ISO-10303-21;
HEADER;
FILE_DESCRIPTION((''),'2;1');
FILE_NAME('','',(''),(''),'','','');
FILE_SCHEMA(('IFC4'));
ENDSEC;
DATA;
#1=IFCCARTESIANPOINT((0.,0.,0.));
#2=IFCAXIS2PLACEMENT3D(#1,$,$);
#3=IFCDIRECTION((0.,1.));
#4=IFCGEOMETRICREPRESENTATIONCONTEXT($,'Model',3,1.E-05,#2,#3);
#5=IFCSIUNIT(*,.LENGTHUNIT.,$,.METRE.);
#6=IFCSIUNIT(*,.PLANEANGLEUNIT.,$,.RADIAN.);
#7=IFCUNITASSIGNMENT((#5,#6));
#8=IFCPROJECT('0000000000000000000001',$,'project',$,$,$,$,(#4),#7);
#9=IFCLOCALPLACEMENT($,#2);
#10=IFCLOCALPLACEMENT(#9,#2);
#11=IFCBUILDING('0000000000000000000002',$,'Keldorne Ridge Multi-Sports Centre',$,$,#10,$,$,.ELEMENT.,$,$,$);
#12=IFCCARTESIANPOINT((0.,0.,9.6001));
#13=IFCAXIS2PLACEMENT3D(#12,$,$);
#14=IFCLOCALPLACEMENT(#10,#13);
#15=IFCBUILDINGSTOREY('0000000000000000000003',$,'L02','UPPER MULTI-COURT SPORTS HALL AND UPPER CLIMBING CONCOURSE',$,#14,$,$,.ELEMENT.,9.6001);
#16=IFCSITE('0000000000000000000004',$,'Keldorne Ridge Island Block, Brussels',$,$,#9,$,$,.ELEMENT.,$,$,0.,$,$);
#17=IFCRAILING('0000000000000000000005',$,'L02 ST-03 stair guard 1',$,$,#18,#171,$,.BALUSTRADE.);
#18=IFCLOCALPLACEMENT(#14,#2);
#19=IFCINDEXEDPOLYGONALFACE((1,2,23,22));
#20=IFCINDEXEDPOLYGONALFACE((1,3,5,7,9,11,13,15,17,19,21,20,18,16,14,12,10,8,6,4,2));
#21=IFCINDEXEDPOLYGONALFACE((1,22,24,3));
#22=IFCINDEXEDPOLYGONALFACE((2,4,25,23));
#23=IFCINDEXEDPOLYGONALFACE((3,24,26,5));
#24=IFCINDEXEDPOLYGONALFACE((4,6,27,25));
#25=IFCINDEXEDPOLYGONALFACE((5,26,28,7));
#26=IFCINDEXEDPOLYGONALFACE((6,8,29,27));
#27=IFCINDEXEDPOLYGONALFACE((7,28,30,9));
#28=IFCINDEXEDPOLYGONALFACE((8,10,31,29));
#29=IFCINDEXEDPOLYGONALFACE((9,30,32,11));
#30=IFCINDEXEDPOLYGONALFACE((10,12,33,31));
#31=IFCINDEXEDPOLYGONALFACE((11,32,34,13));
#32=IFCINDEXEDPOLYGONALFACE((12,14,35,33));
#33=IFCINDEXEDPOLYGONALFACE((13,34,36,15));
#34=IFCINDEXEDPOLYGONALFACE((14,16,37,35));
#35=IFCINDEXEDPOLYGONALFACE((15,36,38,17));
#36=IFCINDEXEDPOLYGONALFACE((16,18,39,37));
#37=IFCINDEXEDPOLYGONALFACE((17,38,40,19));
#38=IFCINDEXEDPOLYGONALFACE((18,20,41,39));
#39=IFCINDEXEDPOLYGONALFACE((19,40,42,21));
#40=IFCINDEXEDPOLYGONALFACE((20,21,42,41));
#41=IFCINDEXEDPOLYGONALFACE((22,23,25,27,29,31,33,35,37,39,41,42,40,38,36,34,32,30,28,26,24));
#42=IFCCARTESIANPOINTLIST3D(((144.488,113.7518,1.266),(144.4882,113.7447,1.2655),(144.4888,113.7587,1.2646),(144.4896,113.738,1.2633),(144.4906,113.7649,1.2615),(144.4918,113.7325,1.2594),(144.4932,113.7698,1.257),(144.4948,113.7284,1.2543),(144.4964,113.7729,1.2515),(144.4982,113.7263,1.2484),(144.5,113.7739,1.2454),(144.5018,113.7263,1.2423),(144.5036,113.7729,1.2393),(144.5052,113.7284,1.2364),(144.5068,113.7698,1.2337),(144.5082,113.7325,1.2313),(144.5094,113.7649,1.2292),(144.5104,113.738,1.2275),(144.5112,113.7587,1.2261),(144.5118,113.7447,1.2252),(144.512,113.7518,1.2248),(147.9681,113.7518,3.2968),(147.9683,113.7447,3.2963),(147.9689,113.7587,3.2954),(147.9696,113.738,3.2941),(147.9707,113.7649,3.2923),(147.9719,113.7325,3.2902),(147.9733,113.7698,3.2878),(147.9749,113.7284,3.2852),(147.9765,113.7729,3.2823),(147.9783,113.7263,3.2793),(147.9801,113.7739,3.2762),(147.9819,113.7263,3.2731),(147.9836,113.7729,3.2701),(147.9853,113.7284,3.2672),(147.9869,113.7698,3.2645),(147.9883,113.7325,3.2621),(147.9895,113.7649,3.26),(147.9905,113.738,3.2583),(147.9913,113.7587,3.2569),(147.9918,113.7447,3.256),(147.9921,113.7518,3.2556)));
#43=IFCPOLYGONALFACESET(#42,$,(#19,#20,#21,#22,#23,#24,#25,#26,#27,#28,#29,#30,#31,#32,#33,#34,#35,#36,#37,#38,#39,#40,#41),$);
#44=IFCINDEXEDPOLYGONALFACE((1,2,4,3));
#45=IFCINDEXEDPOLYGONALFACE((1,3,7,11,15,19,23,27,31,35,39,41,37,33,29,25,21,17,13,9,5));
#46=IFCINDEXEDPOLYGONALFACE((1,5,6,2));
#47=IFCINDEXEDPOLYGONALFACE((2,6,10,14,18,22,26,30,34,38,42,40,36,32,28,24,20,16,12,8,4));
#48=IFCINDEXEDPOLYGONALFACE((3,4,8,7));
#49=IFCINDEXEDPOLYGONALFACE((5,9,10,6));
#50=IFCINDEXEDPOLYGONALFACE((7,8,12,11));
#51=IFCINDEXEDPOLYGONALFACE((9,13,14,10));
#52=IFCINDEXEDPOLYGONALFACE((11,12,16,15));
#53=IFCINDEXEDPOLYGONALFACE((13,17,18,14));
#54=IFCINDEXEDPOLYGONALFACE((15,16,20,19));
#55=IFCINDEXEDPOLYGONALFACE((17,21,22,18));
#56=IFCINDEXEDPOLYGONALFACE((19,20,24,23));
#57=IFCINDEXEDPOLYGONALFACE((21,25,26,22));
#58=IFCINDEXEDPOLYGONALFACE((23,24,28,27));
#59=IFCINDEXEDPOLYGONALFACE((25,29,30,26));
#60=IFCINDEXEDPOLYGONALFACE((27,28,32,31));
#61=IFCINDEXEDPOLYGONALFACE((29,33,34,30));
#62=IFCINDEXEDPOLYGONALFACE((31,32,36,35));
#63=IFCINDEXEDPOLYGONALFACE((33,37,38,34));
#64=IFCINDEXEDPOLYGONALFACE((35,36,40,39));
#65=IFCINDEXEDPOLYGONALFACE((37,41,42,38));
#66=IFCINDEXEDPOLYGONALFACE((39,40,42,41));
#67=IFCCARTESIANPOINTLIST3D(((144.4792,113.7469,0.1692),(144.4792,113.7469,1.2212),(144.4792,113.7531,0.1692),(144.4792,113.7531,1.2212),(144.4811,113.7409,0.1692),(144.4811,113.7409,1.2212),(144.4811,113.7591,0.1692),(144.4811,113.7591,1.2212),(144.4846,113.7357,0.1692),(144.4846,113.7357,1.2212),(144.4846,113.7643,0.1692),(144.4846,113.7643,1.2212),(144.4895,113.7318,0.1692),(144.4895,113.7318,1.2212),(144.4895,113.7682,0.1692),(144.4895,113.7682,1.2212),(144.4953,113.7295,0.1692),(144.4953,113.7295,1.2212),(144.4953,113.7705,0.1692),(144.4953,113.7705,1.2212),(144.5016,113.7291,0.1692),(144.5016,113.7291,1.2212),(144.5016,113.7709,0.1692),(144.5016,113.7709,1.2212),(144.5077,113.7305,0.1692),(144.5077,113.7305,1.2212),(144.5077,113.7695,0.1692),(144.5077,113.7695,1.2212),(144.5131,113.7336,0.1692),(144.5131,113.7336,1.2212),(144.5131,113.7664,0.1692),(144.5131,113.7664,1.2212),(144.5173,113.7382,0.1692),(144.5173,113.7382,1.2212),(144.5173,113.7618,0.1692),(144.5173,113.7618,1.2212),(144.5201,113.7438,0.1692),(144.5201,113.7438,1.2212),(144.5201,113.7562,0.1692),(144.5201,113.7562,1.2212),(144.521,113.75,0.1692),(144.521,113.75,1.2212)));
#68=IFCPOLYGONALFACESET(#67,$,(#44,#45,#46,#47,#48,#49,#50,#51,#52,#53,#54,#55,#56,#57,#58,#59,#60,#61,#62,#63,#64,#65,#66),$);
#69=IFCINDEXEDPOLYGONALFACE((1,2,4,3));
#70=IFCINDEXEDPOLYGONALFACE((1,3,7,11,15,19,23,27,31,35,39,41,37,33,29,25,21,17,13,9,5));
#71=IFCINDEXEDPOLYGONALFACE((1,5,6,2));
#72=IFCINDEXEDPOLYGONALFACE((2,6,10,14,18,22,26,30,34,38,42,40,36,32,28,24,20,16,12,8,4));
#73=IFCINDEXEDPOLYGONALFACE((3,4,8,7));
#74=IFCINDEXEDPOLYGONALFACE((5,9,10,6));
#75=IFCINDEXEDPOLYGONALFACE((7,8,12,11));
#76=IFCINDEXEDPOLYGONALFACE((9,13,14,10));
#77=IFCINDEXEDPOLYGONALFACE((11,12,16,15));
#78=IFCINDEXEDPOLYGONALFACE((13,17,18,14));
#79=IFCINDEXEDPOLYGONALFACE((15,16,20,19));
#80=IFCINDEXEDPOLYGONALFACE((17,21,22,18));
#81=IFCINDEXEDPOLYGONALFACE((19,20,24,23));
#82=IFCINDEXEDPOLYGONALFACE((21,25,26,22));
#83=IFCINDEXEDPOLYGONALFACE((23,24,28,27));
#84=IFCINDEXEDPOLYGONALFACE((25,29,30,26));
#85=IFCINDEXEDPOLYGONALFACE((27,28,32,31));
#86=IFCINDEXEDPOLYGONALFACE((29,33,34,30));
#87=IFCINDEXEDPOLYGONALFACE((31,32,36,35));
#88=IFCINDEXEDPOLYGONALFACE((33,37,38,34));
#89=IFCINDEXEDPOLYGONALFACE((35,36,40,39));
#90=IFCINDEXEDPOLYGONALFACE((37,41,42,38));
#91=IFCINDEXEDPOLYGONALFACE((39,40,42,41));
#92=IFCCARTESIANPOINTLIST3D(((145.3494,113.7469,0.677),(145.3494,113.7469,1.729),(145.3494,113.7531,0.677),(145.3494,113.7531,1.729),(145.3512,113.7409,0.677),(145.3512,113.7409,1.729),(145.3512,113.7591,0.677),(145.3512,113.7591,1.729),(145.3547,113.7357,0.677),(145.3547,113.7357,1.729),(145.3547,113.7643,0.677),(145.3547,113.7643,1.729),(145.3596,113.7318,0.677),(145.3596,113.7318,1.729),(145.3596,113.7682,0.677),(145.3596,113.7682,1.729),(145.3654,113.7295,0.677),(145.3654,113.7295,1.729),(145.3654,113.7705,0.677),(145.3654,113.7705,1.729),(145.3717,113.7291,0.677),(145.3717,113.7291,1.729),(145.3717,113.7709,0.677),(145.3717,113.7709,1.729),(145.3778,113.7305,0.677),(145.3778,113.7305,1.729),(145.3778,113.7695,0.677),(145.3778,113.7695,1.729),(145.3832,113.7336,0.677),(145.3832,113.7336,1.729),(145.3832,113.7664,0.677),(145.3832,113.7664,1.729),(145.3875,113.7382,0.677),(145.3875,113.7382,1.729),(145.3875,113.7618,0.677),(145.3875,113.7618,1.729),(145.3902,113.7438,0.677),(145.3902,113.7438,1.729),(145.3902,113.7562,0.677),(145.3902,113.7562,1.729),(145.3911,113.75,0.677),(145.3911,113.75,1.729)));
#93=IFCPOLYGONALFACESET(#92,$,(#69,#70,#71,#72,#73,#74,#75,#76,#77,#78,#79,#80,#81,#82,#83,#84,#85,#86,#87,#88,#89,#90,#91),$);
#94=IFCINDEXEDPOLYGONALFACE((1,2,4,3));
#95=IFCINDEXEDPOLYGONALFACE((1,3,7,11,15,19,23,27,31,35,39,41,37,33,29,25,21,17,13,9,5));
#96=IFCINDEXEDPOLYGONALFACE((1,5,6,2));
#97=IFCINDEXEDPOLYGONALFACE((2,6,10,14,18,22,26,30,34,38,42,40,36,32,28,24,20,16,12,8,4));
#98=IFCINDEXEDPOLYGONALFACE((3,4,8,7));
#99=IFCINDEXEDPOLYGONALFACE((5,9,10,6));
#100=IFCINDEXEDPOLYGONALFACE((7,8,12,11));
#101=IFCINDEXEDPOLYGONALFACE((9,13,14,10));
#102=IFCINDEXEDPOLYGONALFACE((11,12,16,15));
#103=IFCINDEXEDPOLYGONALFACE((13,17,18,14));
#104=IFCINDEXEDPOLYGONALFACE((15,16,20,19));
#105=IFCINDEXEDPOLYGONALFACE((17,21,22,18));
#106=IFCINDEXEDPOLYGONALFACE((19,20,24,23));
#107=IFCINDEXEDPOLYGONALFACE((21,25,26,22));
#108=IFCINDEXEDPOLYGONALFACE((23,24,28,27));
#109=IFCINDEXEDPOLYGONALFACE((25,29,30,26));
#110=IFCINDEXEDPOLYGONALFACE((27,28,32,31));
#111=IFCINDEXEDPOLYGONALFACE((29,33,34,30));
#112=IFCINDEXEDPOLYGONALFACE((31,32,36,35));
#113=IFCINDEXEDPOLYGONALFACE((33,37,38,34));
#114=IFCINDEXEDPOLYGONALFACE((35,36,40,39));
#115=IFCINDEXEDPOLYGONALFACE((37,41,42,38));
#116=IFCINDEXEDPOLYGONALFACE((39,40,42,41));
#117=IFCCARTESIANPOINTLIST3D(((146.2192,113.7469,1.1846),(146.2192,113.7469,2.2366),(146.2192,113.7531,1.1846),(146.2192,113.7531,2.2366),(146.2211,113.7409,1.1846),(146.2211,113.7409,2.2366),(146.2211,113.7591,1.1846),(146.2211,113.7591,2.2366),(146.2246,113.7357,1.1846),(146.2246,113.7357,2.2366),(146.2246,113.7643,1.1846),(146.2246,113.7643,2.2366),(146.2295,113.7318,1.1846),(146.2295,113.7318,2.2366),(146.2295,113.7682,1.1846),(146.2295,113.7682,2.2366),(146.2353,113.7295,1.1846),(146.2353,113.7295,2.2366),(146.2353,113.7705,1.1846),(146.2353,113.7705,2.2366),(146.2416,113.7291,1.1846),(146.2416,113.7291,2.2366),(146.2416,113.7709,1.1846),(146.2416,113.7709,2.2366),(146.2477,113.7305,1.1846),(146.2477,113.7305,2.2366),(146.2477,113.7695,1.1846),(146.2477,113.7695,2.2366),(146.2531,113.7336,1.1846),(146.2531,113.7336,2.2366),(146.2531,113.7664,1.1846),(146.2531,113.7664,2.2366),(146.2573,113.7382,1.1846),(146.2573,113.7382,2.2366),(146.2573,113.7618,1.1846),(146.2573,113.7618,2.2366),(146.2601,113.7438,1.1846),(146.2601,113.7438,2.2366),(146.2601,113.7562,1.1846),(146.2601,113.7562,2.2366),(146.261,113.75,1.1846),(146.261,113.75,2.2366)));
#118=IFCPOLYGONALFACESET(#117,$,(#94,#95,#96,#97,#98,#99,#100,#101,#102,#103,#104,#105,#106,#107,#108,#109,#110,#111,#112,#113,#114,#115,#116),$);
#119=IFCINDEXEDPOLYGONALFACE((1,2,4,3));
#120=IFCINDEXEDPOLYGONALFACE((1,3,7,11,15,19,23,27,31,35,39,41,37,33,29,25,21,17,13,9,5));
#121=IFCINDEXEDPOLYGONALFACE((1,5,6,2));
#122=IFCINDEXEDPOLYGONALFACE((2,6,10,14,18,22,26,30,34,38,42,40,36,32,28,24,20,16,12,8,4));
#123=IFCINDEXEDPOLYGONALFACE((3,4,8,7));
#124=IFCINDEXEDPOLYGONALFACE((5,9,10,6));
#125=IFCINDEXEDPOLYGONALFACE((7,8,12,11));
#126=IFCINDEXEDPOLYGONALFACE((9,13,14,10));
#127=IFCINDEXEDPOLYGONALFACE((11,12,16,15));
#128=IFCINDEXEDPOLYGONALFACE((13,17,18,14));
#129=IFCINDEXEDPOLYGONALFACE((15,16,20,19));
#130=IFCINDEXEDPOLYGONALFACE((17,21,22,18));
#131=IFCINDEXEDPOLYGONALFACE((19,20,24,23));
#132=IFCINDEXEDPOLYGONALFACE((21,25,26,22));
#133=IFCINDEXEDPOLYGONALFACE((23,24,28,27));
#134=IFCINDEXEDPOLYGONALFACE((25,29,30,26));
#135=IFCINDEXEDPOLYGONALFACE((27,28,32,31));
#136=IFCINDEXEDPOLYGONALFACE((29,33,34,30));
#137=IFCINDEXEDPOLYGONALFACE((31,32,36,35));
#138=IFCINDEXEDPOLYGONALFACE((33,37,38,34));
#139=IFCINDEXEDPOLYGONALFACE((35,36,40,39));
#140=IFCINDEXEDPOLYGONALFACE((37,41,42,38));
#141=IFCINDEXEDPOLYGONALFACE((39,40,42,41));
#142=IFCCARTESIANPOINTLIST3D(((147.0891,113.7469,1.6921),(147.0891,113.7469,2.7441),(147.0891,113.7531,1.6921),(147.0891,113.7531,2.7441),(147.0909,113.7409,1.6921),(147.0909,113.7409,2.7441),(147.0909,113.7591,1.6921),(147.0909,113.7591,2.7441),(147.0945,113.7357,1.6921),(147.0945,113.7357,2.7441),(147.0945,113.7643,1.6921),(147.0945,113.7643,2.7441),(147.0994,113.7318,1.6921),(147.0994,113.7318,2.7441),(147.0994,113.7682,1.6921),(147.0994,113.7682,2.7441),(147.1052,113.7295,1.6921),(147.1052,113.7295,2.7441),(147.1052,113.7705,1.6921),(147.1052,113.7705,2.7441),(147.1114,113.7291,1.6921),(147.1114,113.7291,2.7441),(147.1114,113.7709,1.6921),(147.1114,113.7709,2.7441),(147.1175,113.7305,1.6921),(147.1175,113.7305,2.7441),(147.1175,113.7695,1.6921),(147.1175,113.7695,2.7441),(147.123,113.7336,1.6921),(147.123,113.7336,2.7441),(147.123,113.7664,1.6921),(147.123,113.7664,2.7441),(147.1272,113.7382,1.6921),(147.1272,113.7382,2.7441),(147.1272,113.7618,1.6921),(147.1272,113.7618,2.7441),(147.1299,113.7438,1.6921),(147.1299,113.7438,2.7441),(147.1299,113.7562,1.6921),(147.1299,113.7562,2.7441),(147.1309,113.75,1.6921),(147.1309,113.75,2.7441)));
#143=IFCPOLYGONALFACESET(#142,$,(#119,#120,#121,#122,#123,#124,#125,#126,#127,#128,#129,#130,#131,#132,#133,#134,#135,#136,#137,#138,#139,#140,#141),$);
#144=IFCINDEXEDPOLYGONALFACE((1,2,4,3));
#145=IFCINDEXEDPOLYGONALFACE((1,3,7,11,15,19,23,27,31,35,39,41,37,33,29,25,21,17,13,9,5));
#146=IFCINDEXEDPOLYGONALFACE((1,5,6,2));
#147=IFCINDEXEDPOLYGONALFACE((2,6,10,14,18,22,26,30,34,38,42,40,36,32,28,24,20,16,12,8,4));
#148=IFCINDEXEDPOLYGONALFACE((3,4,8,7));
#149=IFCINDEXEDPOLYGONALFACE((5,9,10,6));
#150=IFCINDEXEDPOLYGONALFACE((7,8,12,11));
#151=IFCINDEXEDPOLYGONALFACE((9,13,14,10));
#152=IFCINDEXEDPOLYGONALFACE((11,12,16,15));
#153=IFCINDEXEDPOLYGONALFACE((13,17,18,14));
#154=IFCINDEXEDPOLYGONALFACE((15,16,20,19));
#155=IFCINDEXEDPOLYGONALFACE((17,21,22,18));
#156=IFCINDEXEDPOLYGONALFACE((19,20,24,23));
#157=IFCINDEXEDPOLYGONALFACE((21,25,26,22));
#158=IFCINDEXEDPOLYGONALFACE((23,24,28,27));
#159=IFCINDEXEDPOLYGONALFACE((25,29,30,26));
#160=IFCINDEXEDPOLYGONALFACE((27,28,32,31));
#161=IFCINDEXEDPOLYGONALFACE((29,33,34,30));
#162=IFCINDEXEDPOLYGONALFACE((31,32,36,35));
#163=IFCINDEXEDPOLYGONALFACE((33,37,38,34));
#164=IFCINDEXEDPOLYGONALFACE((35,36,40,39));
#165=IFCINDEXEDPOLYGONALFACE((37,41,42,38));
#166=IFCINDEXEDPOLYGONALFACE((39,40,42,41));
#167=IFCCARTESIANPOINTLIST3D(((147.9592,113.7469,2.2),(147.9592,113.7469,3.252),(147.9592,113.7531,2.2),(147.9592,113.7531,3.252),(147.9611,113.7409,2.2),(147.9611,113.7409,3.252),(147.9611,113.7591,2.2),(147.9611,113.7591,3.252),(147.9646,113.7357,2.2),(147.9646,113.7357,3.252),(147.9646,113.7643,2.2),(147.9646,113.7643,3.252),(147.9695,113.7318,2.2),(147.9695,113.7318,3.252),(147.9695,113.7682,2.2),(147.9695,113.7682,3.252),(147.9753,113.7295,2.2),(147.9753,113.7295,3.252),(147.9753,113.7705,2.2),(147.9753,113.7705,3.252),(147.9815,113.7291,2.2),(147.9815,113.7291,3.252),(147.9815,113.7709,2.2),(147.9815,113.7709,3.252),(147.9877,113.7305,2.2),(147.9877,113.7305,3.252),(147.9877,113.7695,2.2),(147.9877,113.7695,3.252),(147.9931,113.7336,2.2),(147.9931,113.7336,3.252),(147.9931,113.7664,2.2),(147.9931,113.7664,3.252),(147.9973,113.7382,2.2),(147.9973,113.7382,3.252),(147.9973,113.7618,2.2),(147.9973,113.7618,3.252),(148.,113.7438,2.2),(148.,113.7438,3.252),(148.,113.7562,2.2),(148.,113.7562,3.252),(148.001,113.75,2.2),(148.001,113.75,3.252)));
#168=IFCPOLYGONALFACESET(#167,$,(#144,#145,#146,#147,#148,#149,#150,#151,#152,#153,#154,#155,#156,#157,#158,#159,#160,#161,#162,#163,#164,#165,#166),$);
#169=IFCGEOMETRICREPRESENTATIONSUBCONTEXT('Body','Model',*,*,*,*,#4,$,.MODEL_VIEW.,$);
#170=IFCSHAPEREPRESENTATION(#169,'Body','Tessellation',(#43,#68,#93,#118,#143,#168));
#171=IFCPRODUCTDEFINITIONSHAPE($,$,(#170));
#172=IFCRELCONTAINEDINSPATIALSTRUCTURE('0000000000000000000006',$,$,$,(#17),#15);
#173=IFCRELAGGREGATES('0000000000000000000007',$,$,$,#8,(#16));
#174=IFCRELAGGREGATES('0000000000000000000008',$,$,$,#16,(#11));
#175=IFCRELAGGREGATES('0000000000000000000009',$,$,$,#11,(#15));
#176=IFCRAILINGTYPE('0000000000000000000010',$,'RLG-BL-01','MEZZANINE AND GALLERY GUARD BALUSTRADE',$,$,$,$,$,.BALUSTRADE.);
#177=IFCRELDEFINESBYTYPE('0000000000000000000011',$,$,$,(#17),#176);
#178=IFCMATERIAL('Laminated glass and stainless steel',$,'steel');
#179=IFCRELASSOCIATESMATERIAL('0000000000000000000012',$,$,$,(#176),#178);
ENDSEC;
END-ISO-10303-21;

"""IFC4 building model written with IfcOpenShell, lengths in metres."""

from ifc_helpers import new_model, si_unit, direction, frame, origin, origin_2d, place, context, subcontext, project, spatial, circle, extrude, material, type_object, element, save


model = new_model("IFC4")

# Units and contexts
model_context = context("Model", 3, precision=1e-05, world=origin(), true_north=direction((0.0, 1.0)))
body_context = subcontext(model_context, "Body", "Model", "MODEL_VIEW")
ifc_project = project(units=[si_unit("LENGTHUNIT", "METRE"), si_unit("PLANEANGLEUNIT", "RADIAN")], contexts=[model_context])

# Site, building, storey
site_placement = place(None, origin())
site = spatial("IfcSite", under=ifc_project, at=site_placement, Name="Keldorne Ridge Island Block, Brussels", CompositionType="ELEMENT", RefElevation=0.0)
building_placement = place(site_placement, origin())
building = spatial("IfcBuilding", under=site, at=building_placement, Name="Keldorne Ridge Multi-Sports Centre", CompositionType="ELEMENT")
storey_placement = place(building_placement, frame((0.0, 0.0, 9.6001)))
storey = spatial("IfcBuildingStorey", under=building, at=storey_placement, Name="L02", Description="UPPER MULTI-COURT SPORTS HALL AND UPPER CLIMBING CONCOURSE", CompositionType="ELEMENT", Elevation=9.6001)

# Railing
ifc_material_1 = material(Name="Laminated glass and stainless steel", Category="steel")
railing_type_1 = type_object("IfcRailingType", Name="RLG-BL-01", Description="MEZZANINE AND GALLERY GUARD BALUSTRADE", PredefinedType="BALUSTRADE", material=ifc_material_1)
railing_1_placement = place(storey_placement, frame((144.5, 113.75, 0.1692)))
element("IfcRailing", 1, at=railing_1_placement, inside=storey, type_object=railing_type_1, Name="L02 ST-03 stair guard 1", PredefinedType="BALUSTRADE", context=body_context, shape_type="SweptSolid", body=[
    extrude(circle(Radius=0.0239, at=origin_2d()), frame((0.0, 0.0, 1.0762), z_axis=(0.863695, 0.0, 0.504014), x_axis=(0.0, 1.0, 0.0)), (0.0, 0.0, 1.0), 4.0293),
    extrude(circle(Radius=0.021, at=origin_2d()), origin(), (0.0, 0.0, 1.0), 1.052),
    extrude(circle(Radius=0.021, at=origin_2d()), frame((0.8701, 0.0, 0.5078)), (0.0, 0.0, 1.0), 1.052),
    extrude(circle(Radius=0.021, at=origin_2d()), frame((1.74, 0.0, 1.0154)), (0.0, 0.0, 1.0), 1.052),
    extrude(circle(Radius=0.021, at=origin_2d()), frame((2.6099, 0.0, 1.5229)), (0.0, 0.0, 1.0), 1.052),
    extrude(circle(Radius=0.021, at=origin_2d()), frame((3.48, 0.0, 2.0308)), (0.0, 0.0, 1.0), 1.052),
])

save(model, "model.ifc")
